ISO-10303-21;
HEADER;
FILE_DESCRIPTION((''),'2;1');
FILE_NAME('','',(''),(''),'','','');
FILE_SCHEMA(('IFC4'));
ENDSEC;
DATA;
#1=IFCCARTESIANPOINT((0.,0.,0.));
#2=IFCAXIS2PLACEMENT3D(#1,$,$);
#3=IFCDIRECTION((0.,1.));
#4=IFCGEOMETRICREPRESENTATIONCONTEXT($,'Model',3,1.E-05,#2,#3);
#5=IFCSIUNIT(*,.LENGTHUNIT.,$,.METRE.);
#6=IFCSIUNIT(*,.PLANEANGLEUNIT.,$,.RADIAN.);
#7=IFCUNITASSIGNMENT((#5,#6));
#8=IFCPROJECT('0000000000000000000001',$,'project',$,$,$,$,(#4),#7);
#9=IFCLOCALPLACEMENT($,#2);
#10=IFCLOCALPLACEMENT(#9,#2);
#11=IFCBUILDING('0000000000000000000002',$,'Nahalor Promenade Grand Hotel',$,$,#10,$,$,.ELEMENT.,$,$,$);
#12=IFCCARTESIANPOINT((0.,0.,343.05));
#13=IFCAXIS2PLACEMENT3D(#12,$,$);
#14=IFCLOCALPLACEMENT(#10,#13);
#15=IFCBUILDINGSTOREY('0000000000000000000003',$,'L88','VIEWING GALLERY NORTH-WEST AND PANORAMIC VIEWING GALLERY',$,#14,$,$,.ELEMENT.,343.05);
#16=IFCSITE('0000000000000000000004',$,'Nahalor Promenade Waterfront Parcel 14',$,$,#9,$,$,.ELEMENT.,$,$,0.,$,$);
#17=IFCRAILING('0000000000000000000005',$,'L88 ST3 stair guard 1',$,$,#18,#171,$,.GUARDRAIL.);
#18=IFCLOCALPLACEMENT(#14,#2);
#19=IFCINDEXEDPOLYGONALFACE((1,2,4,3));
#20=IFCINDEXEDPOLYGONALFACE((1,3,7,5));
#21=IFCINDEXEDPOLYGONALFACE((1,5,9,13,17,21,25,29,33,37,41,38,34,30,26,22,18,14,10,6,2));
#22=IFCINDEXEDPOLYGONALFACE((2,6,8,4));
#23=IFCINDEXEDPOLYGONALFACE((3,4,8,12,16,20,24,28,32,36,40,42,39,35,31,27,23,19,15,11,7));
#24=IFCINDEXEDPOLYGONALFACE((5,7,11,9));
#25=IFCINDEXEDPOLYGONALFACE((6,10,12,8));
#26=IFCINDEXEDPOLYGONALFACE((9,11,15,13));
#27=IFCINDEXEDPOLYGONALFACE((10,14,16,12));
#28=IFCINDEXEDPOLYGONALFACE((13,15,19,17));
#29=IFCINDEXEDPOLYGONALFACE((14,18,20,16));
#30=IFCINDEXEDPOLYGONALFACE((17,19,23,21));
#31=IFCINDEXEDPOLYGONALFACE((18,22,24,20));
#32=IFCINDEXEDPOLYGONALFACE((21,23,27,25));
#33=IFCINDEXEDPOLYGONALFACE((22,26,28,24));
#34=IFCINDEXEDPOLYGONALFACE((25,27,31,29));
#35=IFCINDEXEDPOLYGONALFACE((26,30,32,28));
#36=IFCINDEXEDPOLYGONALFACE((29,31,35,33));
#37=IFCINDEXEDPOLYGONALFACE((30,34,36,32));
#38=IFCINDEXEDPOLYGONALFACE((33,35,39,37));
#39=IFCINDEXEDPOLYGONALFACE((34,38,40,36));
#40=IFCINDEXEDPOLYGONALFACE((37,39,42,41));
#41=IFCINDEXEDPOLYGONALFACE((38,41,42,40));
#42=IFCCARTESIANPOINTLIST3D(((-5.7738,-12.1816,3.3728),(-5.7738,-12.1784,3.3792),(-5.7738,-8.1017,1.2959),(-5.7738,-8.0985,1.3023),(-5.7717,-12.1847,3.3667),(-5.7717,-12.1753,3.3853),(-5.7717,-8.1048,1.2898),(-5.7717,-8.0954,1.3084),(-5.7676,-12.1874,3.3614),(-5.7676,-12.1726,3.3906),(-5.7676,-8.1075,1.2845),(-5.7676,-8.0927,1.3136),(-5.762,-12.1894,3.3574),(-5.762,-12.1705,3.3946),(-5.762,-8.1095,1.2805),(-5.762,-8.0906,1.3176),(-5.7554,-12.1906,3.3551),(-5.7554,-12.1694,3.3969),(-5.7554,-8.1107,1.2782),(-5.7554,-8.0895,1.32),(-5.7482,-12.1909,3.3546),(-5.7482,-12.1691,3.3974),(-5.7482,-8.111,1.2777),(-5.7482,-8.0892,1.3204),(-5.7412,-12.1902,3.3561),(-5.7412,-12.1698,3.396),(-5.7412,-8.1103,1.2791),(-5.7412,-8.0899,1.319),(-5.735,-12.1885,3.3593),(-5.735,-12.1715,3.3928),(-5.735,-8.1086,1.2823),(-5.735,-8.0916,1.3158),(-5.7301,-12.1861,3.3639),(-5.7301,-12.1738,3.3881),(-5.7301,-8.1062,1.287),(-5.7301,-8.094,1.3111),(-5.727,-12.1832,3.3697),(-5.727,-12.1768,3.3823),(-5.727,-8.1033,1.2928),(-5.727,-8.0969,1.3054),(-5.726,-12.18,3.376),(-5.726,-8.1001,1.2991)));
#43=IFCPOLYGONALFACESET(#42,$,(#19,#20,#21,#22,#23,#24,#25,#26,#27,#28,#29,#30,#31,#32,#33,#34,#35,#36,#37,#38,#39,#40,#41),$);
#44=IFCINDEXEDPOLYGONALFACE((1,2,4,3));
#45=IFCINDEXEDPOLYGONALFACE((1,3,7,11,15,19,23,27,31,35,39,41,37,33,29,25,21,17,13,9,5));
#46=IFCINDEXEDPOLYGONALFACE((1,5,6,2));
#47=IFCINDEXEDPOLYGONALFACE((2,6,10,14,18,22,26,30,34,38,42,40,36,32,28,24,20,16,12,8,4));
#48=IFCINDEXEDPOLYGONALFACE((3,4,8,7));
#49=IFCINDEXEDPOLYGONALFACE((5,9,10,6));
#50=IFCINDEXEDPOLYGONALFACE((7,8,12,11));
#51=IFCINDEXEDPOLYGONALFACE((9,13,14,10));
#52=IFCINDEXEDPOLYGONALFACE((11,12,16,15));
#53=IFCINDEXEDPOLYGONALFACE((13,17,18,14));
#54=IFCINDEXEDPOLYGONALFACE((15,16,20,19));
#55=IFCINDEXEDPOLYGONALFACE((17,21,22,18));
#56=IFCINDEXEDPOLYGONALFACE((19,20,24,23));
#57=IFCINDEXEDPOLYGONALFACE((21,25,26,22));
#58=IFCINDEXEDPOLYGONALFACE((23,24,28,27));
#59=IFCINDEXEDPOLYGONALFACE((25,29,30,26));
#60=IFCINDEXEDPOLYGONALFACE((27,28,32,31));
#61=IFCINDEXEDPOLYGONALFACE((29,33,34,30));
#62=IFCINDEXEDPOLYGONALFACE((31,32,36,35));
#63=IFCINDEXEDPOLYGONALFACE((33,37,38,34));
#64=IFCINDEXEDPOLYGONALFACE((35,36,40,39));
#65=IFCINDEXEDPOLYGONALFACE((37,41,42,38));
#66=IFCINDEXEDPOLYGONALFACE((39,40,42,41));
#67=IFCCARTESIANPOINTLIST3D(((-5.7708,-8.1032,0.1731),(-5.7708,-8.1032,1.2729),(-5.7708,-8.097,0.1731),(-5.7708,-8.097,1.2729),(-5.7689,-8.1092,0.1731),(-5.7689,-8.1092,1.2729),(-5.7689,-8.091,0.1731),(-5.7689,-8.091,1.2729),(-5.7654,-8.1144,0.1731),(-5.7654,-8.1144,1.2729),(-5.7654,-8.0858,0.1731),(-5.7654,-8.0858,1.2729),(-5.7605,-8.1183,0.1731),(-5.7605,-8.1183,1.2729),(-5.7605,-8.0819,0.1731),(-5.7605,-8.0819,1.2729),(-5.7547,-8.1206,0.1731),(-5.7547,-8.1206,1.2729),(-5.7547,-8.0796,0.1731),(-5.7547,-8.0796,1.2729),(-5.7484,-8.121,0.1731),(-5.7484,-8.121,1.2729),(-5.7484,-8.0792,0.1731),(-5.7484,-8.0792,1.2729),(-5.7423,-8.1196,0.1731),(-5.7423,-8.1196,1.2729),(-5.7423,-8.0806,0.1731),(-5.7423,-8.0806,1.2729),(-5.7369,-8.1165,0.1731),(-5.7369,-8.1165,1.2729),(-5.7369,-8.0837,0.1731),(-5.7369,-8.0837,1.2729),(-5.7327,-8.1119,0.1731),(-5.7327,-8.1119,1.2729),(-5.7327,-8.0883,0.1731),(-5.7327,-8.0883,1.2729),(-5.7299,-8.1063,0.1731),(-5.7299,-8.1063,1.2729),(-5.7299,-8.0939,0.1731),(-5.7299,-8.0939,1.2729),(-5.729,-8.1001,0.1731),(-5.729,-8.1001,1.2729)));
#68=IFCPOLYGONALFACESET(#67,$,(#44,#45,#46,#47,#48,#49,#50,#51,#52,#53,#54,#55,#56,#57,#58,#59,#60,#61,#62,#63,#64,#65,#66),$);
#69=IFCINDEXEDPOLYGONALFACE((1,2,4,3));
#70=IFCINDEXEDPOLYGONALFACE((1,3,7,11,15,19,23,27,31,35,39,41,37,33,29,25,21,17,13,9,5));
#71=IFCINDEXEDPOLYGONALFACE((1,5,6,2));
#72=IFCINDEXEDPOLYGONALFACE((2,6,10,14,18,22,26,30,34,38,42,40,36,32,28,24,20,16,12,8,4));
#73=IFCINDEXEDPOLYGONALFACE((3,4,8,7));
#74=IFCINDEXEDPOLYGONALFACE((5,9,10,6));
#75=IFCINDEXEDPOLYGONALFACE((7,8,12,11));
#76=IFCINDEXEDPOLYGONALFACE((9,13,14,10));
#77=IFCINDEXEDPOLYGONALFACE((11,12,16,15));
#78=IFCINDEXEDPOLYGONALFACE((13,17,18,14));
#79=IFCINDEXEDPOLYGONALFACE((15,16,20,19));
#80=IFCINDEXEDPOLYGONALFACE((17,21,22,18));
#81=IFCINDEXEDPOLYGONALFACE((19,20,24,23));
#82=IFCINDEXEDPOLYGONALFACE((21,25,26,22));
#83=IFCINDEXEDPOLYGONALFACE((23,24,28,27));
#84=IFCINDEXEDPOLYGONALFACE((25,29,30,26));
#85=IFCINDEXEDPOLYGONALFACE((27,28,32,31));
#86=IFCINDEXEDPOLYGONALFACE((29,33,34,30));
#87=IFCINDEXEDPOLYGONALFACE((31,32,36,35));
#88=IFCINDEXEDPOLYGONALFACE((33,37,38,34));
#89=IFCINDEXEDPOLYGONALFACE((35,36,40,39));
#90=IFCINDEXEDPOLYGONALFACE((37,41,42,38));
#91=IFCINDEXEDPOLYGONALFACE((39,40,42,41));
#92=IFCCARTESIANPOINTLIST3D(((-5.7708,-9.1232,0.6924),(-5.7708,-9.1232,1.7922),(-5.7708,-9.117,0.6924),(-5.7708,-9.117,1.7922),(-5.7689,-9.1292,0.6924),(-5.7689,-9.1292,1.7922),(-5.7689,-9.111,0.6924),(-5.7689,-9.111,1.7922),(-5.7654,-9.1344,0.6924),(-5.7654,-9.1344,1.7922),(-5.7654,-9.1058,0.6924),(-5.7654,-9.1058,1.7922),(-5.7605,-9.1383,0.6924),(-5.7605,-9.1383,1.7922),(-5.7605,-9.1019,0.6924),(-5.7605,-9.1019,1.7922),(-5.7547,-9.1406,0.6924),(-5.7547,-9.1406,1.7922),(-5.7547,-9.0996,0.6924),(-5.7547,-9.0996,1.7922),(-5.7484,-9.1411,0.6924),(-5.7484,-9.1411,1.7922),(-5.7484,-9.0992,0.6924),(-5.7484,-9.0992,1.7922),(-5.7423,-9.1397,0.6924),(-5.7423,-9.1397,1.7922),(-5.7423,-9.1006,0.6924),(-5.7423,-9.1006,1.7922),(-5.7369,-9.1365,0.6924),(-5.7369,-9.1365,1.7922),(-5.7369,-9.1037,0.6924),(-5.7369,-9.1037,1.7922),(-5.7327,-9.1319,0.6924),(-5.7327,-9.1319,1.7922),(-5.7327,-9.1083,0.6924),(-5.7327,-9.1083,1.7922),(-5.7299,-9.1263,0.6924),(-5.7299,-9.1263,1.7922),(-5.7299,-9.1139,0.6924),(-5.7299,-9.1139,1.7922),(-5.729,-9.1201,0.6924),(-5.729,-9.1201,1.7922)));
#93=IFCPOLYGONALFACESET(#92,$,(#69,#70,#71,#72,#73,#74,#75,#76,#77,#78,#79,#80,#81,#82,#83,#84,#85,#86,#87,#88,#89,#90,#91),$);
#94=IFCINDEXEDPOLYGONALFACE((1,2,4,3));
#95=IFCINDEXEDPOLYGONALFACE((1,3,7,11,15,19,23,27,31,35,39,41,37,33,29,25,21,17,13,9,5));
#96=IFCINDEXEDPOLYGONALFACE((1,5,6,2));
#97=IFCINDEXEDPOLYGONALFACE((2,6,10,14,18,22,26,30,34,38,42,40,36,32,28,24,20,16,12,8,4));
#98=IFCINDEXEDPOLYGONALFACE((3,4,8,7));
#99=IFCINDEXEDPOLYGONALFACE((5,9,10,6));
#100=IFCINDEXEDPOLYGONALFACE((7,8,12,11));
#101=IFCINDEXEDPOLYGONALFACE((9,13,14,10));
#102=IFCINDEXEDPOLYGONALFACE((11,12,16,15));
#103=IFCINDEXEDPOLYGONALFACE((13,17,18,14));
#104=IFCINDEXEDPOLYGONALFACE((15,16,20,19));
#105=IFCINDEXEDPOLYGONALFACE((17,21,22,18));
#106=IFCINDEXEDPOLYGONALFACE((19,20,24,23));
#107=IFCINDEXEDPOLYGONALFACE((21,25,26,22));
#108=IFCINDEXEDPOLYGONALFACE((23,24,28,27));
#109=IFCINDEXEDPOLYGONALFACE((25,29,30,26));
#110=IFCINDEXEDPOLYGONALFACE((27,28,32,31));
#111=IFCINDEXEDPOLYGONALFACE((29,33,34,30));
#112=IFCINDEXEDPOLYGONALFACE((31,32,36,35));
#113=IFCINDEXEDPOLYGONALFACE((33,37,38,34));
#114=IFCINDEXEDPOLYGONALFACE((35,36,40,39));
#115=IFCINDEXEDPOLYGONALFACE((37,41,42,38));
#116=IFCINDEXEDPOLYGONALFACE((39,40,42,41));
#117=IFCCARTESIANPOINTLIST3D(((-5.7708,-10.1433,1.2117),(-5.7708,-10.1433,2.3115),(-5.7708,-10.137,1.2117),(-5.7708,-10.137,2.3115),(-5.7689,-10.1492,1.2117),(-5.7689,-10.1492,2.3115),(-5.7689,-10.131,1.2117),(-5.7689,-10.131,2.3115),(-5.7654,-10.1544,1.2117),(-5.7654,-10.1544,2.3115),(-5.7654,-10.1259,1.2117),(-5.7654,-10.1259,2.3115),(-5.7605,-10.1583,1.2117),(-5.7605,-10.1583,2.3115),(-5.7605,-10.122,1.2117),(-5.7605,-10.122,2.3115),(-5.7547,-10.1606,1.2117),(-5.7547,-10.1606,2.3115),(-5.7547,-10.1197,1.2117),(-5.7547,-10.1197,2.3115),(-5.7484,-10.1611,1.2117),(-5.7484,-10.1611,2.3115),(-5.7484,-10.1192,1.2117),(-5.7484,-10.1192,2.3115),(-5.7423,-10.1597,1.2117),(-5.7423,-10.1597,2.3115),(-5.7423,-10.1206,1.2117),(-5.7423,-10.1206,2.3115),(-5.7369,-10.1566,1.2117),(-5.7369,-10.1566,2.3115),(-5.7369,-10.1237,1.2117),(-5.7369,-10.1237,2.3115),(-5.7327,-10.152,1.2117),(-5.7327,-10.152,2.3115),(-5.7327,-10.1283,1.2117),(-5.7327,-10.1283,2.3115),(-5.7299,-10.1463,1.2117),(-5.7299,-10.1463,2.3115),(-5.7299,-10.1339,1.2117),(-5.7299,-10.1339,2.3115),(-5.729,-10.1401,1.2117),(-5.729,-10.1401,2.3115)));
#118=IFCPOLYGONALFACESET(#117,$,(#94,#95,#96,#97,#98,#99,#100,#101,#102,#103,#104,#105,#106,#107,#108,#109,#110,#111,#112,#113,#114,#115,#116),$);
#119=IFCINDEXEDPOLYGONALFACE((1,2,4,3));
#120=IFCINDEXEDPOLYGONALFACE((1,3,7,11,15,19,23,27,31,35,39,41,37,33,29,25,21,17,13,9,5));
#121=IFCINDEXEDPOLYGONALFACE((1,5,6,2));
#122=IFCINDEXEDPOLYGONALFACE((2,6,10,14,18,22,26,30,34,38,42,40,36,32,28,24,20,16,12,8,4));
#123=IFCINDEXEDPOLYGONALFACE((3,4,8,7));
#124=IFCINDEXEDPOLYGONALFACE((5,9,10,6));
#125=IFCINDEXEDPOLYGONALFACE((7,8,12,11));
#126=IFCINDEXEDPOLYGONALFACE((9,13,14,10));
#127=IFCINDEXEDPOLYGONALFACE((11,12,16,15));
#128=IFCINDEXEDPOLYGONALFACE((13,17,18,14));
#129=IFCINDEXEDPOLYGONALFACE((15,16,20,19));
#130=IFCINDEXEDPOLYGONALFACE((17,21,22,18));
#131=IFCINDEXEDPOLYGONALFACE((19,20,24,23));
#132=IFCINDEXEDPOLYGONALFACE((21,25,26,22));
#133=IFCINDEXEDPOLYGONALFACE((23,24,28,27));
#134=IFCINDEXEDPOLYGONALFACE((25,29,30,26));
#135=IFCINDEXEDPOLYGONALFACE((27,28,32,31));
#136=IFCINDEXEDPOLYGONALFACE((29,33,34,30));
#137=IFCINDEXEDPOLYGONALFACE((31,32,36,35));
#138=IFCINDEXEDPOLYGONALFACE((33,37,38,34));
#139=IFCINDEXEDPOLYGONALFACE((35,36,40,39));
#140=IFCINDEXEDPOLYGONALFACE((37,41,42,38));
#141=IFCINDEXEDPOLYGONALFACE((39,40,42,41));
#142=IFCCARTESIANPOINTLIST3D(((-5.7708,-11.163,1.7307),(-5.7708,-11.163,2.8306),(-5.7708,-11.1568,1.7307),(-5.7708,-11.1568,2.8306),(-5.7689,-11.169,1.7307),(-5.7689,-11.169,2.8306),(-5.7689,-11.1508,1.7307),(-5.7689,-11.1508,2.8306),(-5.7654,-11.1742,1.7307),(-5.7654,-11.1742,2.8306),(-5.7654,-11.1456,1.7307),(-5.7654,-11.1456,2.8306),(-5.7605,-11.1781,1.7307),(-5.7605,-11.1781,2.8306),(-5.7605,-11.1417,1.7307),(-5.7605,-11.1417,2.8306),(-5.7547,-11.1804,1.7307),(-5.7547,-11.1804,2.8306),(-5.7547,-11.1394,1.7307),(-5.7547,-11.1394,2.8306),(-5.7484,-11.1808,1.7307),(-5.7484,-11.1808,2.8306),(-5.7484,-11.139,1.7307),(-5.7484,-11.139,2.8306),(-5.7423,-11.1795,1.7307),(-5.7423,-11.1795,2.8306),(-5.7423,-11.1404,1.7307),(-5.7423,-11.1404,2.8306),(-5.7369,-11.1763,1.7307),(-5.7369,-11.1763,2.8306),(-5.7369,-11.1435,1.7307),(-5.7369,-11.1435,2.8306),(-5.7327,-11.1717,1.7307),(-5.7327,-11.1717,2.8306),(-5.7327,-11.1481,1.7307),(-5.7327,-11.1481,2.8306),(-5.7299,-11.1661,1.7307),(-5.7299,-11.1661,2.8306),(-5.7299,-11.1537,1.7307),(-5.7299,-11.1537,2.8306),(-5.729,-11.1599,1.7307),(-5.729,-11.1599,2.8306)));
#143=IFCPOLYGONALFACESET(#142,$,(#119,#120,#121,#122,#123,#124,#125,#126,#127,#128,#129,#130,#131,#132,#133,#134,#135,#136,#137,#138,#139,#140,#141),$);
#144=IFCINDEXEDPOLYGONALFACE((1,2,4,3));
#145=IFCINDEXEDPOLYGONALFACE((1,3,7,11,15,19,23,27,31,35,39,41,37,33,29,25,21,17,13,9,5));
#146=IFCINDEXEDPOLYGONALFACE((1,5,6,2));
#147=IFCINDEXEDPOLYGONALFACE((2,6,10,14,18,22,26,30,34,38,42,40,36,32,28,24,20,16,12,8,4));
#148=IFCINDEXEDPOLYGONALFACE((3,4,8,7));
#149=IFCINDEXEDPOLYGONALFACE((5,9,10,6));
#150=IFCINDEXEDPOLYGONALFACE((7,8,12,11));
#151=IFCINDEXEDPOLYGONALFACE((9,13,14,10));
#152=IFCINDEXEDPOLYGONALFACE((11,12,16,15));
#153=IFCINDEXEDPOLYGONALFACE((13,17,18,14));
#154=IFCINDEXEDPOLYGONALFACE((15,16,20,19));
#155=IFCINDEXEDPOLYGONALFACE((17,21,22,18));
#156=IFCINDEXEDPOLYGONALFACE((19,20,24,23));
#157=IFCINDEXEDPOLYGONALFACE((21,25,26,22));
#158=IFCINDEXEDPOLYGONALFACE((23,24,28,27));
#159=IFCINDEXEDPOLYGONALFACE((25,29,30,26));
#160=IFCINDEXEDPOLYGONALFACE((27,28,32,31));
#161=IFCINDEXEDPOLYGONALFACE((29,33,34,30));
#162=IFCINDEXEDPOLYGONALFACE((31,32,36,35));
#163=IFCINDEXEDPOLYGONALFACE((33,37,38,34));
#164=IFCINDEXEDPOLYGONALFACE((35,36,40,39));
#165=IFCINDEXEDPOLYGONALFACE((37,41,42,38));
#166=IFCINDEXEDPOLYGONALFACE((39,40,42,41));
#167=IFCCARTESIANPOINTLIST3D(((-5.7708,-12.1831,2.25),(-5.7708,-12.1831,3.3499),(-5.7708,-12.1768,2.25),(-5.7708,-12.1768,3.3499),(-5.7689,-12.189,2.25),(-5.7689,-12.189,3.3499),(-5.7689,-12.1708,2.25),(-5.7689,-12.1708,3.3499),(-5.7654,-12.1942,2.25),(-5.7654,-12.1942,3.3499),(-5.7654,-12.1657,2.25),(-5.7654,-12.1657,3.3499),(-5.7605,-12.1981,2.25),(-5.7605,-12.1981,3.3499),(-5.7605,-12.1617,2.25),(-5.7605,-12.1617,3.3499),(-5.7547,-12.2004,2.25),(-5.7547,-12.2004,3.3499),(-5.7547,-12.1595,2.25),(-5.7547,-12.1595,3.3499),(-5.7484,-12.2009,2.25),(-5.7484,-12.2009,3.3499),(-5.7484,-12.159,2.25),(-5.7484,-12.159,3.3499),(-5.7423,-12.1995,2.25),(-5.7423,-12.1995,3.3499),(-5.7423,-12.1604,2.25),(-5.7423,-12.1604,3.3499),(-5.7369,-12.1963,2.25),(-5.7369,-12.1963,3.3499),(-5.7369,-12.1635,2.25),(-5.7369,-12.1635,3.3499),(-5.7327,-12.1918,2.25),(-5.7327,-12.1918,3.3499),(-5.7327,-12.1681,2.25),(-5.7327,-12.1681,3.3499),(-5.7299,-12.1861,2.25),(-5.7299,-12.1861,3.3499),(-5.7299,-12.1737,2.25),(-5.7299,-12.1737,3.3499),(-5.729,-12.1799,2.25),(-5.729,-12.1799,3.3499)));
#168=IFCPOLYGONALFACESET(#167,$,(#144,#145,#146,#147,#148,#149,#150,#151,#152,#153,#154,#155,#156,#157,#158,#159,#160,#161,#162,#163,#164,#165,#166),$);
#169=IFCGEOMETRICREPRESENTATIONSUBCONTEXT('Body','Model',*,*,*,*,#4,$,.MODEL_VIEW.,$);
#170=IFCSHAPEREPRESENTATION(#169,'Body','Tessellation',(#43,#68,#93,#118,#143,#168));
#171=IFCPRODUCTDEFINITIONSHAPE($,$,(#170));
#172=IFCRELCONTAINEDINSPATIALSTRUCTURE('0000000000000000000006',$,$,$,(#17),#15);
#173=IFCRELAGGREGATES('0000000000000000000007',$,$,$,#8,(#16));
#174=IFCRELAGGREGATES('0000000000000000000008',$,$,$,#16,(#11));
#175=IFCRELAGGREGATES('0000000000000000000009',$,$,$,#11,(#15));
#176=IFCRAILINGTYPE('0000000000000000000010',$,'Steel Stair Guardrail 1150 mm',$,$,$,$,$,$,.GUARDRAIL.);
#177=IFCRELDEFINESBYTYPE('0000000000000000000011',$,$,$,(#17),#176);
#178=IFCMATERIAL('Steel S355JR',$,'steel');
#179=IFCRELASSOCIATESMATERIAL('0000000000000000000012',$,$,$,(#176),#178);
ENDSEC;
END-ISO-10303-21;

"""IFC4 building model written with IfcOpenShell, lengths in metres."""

from ifc_helpers import new_model, si_unit, direction, frame, origin, origin_2d, place, context, subcontext, project, spatial, circle, extrude, material, type_object, element, save


model = new_model("IFC4")

# Units and contexts
model_context = context("Model", 3, precision=1e-05, world=origin(), true_north=direction((0.0, 1.0)))
body_context = subcontext(model_context, "Body", "Model", "MODEL_VIEW")
ifc_project = project(units=[si_unit("LENGTHUNIT", "METRE"), si_unit("PLANEANGLEUNIT", "RADIAN")], contexts=[model_context])

# Site, building, storey
site_placement = place(None, origin())
site = spatial("IfcSite", under=ifc_project, at=site_placement, Name="Nahalor Promenade Waterfront Parcel 14", CompositionType="ELEMENT", RefElevation=0.0)
building_placement = place(site_placement, origin())
building = spatial("IfcBuilding", under=site, at=building_placement, Name="Nahalor Promenade Grand Hotel", CompositionType="ELEMENT")
storey_placement = place(building_placement, frame((0.0, 0.0, 343.05)))
storey = spatial("IfcBuildingStorey", under=building, at=storey_placement, Name="L88", Description="VIEWING GALLERY NORTH-WEST AND PANORAMIC VIEWING GALLERY", CompositionType="ELEMENT", Elevation=343.05)

# Shared definitions
ifc_material_1 = material(Name="Steel S355JR", Category="steel")

# Railing
railing_type_1 = type_object("IfcRailingType", Name="Steel Stair Guardrail 1150 mm", PredefinedType="GUARDRAIL", material=ifc_material_1)
railing_1_placement = place(storey_placement, frame((-5.75, -8.1001, 0.1731)))
element("IfcRailing", 1, at=railing_1_placement, inside=storey, type_object=railing_type_1, Name="L88 ST3 stair guard 1", PredefinedType="GUARDRAIL", context=body_context, shape_type="SweptSolid", body=[
    extrude(circle(Radius=0.024, at=origin_2d()), frame((0.0, 0.0, 1.126), z_axis=(0.0, -0.891172, 0.453665), x_axis=(1.0, 0.0, 0.0)), (0.0, 0.0, 1.0), 4.5781),
    extrude(circle(Radius=0.021, at=origin_2d()), origin(), (0.0, 0.0, 1.0), 1.0999),
    extrude(circle(Radius=0.021, at=origin_2d()), frame((0.0, -1.02, 0.5193)), (0.0, 0.0, 1.0), 1.0999),
    extrude(circle(Radius=0.021, at=origin_2d()), frame((0.0, -2.04, 1.0386)), (0.0, 0.0, 1.0), 1.0999),
    extrude(circle(Radius=0.021, at=origin_2d()), frame((0.0, -3.0598, 1.5576)), (0.0, 0.0, 1.0), 1.0999),
    extrude(circle(Radius=0.021, at=origin_2d()), frame((0.0, -4.0798, 2.0769)), (0.0, 0.0, 1.0), 1.0999),
])

save(model, "model.ifc")
